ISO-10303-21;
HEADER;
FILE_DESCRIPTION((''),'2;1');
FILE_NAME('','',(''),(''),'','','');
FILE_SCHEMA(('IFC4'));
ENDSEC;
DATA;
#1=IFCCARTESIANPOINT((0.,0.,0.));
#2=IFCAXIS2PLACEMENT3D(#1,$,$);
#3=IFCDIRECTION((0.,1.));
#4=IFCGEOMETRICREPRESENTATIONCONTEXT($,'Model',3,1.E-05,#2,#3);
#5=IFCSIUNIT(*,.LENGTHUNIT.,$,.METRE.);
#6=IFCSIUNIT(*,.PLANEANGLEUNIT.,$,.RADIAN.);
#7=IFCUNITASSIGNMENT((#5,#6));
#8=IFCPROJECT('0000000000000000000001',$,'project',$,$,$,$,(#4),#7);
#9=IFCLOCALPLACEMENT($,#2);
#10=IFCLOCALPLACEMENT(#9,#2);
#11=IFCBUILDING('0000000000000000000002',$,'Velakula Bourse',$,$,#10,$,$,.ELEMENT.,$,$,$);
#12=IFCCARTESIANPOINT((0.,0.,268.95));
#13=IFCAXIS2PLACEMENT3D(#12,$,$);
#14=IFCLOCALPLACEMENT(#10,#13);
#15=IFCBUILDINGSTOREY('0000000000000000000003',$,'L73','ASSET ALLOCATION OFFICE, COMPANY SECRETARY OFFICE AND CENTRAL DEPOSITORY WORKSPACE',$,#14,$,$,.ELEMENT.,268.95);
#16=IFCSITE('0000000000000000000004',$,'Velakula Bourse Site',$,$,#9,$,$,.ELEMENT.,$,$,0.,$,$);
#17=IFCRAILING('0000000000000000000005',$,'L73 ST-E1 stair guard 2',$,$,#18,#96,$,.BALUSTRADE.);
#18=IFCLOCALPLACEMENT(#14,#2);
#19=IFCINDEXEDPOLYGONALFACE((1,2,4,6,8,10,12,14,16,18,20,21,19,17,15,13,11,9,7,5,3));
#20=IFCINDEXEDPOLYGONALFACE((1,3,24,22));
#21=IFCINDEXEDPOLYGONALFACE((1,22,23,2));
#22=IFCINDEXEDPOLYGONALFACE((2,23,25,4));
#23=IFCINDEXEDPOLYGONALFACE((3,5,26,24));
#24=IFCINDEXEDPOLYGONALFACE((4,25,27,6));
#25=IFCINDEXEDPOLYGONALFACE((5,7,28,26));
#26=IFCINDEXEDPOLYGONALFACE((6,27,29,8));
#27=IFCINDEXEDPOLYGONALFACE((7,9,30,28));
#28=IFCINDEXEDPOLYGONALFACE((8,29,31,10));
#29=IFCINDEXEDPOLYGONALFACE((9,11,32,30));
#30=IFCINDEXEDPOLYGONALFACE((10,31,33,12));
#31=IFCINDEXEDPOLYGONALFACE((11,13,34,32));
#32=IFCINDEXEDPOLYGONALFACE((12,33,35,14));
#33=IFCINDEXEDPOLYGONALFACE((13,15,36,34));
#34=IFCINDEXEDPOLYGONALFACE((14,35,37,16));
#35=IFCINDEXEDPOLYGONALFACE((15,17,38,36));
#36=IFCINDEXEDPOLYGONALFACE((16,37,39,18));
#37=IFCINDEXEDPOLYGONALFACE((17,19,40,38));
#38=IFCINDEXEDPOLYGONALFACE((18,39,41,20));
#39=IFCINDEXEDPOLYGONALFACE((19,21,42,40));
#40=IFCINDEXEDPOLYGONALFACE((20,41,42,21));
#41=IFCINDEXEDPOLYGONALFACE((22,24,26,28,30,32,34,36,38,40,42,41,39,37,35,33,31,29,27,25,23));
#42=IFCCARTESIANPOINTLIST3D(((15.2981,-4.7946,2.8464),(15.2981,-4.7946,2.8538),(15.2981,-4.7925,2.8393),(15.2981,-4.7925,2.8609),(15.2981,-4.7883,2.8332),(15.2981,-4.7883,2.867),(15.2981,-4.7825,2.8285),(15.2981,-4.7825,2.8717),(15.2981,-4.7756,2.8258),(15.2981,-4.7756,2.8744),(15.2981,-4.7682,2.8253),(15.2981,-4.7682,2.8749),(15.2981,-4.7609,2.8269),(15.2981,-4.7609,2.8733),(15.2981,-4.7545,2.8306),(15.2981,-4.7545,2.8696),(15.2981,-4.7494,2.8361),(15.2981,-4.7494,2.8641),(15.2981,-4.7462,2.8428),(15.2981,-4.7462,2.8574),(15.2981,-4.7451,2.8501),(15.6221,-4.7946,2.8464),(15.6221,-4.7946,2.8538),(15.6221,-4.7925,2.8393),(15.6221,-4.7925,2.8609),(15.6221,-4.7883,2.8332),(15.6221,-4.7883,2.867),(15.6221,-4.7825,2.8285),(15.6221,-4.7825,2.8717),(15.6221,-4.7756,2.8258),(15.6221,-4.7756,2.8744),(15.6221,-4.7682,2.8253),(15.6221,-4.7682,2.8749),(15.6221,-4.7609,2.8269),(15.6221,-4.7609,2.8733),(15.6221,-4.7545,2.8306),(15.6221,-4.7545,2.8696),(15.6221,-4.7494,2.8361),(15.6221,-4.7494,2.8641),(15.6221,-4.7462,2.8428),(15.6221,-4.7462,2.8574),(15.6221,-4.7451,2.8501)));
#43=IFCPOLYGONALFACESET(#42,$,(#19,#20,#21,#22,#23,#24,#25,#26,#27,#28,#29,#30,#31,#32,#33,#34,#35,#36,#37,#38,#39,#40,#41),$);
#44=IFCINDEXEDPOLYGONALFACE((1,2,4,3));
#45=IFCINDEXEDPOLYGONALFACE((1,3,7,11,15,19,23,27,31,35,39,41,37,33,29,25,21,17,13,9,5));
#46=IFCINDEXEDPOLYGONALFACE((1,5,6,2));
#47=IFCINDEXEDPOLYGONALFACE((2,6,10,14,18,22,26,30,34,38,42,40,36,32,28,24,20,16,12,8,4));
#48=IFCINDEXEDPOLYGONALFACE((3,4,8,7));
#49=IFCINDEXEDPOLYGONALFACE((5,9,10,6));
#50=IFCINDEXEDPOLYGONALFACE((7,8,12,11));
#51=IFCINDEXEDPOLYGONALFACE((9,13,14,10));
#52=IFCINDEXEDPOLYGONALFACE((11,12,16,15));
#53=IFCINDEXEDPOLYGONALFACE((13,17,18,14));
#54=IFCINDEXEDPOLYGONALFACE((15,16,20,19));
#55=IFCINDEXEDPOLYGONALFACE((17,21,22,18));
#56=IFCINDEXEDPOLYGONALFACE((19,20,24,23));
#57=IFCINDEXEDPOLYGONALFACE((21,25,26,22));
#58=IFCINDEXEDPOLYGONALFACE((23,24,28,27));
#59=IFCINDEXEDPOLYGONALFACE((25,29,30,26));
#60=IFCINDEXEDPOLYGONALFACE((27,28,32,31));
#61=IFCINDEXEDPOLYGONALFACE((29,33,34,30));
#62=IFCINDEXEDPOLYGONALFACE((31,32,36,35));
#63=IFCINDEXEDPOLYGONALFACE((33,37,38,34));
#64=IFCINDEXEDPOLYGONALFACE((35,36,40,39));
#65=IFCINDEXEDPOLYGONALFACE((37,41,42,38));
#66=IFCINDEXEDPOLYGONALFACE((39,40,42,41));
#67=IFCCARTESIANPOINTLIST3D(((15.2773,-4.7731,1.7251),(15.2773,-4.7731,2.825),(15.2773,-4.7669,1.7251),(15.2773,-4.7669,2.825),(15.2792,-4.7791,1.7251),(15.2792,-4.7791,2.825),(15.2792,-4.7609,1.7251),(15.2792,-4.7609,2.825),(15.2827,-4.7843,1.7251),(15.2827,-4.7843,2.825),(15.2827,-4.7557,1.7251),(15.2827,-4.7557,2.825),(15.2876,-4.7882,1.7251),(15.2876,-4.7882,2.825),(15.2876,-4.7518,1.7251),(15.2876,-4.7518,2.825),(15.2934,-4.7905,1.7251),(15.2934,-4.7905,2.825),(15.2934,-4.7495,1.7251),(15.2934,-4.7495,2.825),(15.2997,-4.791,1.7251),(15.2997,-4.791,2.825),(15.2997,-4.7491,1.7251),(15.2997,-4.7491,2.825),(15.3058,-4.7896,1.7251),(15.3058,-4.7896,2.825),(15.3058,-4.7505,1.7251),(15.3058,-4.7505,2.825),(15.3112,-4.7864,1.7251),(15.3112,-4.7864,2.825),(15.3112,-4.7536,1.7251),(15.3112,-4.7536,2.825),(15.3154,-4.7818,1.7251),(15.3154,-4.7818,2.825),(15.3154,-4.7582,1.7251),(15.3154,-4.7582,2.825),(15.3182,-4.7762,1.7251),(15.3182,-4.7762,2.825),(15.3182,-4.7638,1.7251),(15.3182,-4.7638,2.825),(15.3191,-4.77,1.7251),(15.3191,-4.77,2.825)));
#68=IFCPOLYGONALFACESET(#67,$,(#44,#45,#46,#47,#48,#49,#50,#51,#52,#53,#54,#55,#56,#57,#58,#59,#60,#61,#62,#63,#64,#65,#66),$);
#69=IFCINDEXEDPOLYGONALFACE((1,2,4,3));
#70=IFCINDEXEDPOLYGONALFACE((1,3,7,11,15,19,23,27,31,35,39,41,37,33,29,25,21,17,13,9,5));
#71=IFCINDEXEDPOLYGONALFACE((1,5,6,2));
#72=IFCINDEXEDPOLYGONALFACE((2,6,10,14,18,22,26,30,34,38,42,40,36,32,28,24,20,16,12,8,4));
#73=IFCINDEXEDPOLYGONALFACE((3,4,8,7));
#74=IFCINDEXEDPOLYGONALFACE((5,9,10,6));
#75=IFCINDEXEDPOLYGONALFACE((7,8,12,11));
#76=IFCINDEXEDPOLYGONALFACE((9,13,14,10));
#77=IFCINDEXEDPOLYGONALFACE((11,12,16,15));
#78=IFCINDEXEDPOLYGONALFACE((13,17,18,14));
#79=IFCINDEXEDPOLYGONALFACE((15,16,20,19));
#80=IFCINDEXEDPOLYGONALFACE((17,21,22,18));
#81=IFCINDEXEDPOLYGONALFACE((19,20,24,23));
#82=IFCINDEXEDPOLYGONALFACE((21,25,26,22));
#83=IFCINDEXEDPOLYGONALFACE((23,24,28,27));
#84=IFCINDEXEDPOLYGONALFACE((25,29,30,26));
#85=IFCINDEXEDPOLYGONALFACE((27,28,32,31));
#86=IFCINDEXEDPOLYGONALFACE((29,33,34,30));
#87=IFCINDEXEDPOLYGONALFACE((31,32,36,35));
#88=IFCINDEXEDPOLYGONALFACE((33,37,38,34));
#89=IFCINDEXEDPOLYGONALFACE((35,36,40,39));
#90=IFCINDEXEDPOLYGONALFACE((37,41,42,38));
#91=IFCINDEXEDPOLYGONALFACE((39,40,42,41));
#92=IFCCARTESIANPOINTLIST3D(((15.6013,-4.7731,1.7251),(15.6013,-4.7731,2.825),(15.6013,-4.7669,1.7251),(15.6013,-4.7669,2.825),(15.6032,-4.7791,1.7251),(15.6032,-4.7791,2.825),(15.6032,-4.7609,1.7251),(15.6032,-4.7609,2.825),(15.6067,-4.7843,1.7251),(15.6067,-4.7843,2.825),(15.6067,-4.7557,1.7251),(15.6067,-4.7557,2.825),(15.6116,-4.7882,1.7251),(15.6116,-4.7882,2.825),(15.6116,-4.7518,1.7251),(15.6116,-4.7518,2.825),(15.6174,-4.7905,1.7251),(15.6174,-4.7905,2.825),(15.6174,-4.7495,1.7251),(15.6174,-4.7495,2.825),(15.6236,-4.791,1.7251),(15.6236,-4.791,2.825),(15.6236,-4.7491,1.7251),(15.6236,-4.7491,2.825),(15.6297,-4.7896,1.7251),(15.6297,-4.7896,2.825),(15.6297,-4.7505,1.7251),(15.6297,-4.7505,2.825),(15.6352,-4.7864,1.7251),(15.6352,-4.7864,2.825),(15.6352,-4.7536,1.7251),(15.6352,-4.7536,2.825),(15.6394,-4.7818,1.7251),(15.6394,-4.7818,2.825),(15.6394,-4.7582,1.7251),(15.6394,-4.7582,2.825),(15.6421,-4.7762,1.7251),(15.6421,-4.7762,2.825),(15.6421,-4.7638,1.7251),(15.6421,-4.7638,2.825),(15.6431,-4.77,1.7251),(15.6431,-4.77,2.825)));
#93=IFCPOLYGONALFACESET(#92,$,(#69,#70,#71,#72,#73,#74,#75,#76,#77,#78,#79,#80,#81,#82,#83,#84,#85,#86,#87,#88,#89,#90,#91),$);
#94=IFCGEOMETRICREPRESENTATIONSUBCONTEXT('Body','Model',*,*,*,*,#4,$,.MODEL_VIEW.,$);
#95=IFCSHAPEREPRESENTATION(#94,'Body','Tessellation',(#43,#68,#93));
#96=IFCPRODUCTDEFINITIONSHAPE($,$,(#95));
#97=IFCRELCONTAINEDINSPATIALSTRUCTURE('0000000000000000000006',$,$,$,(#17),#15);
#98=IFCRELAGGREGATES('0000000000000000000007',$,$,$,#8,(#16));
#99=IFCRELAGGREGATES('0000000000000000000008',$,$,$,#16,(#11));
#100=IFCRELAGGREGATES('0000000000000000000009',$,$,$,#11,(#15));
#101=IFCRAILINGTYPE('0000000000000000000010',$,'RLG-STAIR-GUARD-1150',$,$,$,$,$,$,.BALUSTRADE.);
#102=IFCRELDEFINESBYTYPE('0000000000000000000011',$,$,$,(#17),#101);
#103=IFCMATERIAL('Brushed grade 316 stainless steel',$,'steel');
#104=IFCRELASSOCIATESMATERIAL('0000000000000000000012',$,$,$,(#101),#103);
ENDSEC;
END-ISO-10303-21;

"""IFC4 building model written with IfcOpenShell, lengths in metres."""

from ifc_helpers import new_model, si_unit, direction, frame, origin, origin_2d, place, context, subcontext, project, spatial, circle, extrude, material, type_object, element, save


model = new_model("IFC4")

# Units and contexts
model_context = context("Model", 3, precision=1e-05, world=origin(), true_north=direction((0.0, 1.0)))
body_context = subcontext(model_context, "Body", "Model", "MODEL_VIEW")
ifc_project = project(units=[si_unit("LENGTHUNIT", "METRE"), si_unit("PLANEANGLEUNIT", "RADIAN")], contexts=[model_context])

# Site, building, storey
site_placement = place(None, origin())
site = spatial("IfcSite", under=ifc_project, at=site_placement, Name="Velakula Bourse Site", CompositionType="ELEMENT", RefElevation=0.0)
building_placement = place(site_placement, origin())
building = spatial("IfcBuilding", under=site, at=building_placement, Name="Velakula Bourse", CompositionType="ELEMENT")
storey_placement = place(building_placement, frame((0.0, 0.0, 268.95)))
storey = spatial("IfcBuildingStorey", under=building, at=storey_placement, Name="L73", Description="ASSET ALLOCATION OFFICE, COMPANY SECRETARY OFFICE AND CENTRAL DEPOSITORY WORKSPACE", CompositionType="ELEMENT", Elevation=268.95)

# Shared definitions
ifc_material_1 = material(Name="Brushed grade 316 stainless steel", Category="steel")

# Railing
railing_type_1 = type_object("IfcRailingType", Name="RLG-STAIR-GUARD-1150", PredefinedType="BALUSTRADE", material=ifc_material_1)
railing_1_placement = place(storey_placement, frame((15.2981, -4.77, 1.7251)))
element("IfcRailing", 1, at=railing_1_placement, inside=storey, type_object=railing_type_1, Name="L73 ST-E1 stair guard 2", PredefinedType="BALUSTRADE", context=body_context, shape_type="SweptSolid", body=[
    extrude(circle(Radius=0.0249, at=origin_2d()), frame((0.0, 0.0, 1.125), z_axis=(1.0, 0.0, 0.0), x_axis=(0.0, 1.0, 0.0)), (0.0, 0.0, 1.0), 0.324),
    extrude(circle(Radius=0.021, at=origin_2d()), origin(), (0.0, 0.0, 1.0), 1.0999),
    extrude(circle(Radius=0.021, at=origin_2d()), frame((0.324, 0.0, 0.0)), (0.0, 0.0, 1.0), 1.0999),
])

save(model, "model.ifc")
